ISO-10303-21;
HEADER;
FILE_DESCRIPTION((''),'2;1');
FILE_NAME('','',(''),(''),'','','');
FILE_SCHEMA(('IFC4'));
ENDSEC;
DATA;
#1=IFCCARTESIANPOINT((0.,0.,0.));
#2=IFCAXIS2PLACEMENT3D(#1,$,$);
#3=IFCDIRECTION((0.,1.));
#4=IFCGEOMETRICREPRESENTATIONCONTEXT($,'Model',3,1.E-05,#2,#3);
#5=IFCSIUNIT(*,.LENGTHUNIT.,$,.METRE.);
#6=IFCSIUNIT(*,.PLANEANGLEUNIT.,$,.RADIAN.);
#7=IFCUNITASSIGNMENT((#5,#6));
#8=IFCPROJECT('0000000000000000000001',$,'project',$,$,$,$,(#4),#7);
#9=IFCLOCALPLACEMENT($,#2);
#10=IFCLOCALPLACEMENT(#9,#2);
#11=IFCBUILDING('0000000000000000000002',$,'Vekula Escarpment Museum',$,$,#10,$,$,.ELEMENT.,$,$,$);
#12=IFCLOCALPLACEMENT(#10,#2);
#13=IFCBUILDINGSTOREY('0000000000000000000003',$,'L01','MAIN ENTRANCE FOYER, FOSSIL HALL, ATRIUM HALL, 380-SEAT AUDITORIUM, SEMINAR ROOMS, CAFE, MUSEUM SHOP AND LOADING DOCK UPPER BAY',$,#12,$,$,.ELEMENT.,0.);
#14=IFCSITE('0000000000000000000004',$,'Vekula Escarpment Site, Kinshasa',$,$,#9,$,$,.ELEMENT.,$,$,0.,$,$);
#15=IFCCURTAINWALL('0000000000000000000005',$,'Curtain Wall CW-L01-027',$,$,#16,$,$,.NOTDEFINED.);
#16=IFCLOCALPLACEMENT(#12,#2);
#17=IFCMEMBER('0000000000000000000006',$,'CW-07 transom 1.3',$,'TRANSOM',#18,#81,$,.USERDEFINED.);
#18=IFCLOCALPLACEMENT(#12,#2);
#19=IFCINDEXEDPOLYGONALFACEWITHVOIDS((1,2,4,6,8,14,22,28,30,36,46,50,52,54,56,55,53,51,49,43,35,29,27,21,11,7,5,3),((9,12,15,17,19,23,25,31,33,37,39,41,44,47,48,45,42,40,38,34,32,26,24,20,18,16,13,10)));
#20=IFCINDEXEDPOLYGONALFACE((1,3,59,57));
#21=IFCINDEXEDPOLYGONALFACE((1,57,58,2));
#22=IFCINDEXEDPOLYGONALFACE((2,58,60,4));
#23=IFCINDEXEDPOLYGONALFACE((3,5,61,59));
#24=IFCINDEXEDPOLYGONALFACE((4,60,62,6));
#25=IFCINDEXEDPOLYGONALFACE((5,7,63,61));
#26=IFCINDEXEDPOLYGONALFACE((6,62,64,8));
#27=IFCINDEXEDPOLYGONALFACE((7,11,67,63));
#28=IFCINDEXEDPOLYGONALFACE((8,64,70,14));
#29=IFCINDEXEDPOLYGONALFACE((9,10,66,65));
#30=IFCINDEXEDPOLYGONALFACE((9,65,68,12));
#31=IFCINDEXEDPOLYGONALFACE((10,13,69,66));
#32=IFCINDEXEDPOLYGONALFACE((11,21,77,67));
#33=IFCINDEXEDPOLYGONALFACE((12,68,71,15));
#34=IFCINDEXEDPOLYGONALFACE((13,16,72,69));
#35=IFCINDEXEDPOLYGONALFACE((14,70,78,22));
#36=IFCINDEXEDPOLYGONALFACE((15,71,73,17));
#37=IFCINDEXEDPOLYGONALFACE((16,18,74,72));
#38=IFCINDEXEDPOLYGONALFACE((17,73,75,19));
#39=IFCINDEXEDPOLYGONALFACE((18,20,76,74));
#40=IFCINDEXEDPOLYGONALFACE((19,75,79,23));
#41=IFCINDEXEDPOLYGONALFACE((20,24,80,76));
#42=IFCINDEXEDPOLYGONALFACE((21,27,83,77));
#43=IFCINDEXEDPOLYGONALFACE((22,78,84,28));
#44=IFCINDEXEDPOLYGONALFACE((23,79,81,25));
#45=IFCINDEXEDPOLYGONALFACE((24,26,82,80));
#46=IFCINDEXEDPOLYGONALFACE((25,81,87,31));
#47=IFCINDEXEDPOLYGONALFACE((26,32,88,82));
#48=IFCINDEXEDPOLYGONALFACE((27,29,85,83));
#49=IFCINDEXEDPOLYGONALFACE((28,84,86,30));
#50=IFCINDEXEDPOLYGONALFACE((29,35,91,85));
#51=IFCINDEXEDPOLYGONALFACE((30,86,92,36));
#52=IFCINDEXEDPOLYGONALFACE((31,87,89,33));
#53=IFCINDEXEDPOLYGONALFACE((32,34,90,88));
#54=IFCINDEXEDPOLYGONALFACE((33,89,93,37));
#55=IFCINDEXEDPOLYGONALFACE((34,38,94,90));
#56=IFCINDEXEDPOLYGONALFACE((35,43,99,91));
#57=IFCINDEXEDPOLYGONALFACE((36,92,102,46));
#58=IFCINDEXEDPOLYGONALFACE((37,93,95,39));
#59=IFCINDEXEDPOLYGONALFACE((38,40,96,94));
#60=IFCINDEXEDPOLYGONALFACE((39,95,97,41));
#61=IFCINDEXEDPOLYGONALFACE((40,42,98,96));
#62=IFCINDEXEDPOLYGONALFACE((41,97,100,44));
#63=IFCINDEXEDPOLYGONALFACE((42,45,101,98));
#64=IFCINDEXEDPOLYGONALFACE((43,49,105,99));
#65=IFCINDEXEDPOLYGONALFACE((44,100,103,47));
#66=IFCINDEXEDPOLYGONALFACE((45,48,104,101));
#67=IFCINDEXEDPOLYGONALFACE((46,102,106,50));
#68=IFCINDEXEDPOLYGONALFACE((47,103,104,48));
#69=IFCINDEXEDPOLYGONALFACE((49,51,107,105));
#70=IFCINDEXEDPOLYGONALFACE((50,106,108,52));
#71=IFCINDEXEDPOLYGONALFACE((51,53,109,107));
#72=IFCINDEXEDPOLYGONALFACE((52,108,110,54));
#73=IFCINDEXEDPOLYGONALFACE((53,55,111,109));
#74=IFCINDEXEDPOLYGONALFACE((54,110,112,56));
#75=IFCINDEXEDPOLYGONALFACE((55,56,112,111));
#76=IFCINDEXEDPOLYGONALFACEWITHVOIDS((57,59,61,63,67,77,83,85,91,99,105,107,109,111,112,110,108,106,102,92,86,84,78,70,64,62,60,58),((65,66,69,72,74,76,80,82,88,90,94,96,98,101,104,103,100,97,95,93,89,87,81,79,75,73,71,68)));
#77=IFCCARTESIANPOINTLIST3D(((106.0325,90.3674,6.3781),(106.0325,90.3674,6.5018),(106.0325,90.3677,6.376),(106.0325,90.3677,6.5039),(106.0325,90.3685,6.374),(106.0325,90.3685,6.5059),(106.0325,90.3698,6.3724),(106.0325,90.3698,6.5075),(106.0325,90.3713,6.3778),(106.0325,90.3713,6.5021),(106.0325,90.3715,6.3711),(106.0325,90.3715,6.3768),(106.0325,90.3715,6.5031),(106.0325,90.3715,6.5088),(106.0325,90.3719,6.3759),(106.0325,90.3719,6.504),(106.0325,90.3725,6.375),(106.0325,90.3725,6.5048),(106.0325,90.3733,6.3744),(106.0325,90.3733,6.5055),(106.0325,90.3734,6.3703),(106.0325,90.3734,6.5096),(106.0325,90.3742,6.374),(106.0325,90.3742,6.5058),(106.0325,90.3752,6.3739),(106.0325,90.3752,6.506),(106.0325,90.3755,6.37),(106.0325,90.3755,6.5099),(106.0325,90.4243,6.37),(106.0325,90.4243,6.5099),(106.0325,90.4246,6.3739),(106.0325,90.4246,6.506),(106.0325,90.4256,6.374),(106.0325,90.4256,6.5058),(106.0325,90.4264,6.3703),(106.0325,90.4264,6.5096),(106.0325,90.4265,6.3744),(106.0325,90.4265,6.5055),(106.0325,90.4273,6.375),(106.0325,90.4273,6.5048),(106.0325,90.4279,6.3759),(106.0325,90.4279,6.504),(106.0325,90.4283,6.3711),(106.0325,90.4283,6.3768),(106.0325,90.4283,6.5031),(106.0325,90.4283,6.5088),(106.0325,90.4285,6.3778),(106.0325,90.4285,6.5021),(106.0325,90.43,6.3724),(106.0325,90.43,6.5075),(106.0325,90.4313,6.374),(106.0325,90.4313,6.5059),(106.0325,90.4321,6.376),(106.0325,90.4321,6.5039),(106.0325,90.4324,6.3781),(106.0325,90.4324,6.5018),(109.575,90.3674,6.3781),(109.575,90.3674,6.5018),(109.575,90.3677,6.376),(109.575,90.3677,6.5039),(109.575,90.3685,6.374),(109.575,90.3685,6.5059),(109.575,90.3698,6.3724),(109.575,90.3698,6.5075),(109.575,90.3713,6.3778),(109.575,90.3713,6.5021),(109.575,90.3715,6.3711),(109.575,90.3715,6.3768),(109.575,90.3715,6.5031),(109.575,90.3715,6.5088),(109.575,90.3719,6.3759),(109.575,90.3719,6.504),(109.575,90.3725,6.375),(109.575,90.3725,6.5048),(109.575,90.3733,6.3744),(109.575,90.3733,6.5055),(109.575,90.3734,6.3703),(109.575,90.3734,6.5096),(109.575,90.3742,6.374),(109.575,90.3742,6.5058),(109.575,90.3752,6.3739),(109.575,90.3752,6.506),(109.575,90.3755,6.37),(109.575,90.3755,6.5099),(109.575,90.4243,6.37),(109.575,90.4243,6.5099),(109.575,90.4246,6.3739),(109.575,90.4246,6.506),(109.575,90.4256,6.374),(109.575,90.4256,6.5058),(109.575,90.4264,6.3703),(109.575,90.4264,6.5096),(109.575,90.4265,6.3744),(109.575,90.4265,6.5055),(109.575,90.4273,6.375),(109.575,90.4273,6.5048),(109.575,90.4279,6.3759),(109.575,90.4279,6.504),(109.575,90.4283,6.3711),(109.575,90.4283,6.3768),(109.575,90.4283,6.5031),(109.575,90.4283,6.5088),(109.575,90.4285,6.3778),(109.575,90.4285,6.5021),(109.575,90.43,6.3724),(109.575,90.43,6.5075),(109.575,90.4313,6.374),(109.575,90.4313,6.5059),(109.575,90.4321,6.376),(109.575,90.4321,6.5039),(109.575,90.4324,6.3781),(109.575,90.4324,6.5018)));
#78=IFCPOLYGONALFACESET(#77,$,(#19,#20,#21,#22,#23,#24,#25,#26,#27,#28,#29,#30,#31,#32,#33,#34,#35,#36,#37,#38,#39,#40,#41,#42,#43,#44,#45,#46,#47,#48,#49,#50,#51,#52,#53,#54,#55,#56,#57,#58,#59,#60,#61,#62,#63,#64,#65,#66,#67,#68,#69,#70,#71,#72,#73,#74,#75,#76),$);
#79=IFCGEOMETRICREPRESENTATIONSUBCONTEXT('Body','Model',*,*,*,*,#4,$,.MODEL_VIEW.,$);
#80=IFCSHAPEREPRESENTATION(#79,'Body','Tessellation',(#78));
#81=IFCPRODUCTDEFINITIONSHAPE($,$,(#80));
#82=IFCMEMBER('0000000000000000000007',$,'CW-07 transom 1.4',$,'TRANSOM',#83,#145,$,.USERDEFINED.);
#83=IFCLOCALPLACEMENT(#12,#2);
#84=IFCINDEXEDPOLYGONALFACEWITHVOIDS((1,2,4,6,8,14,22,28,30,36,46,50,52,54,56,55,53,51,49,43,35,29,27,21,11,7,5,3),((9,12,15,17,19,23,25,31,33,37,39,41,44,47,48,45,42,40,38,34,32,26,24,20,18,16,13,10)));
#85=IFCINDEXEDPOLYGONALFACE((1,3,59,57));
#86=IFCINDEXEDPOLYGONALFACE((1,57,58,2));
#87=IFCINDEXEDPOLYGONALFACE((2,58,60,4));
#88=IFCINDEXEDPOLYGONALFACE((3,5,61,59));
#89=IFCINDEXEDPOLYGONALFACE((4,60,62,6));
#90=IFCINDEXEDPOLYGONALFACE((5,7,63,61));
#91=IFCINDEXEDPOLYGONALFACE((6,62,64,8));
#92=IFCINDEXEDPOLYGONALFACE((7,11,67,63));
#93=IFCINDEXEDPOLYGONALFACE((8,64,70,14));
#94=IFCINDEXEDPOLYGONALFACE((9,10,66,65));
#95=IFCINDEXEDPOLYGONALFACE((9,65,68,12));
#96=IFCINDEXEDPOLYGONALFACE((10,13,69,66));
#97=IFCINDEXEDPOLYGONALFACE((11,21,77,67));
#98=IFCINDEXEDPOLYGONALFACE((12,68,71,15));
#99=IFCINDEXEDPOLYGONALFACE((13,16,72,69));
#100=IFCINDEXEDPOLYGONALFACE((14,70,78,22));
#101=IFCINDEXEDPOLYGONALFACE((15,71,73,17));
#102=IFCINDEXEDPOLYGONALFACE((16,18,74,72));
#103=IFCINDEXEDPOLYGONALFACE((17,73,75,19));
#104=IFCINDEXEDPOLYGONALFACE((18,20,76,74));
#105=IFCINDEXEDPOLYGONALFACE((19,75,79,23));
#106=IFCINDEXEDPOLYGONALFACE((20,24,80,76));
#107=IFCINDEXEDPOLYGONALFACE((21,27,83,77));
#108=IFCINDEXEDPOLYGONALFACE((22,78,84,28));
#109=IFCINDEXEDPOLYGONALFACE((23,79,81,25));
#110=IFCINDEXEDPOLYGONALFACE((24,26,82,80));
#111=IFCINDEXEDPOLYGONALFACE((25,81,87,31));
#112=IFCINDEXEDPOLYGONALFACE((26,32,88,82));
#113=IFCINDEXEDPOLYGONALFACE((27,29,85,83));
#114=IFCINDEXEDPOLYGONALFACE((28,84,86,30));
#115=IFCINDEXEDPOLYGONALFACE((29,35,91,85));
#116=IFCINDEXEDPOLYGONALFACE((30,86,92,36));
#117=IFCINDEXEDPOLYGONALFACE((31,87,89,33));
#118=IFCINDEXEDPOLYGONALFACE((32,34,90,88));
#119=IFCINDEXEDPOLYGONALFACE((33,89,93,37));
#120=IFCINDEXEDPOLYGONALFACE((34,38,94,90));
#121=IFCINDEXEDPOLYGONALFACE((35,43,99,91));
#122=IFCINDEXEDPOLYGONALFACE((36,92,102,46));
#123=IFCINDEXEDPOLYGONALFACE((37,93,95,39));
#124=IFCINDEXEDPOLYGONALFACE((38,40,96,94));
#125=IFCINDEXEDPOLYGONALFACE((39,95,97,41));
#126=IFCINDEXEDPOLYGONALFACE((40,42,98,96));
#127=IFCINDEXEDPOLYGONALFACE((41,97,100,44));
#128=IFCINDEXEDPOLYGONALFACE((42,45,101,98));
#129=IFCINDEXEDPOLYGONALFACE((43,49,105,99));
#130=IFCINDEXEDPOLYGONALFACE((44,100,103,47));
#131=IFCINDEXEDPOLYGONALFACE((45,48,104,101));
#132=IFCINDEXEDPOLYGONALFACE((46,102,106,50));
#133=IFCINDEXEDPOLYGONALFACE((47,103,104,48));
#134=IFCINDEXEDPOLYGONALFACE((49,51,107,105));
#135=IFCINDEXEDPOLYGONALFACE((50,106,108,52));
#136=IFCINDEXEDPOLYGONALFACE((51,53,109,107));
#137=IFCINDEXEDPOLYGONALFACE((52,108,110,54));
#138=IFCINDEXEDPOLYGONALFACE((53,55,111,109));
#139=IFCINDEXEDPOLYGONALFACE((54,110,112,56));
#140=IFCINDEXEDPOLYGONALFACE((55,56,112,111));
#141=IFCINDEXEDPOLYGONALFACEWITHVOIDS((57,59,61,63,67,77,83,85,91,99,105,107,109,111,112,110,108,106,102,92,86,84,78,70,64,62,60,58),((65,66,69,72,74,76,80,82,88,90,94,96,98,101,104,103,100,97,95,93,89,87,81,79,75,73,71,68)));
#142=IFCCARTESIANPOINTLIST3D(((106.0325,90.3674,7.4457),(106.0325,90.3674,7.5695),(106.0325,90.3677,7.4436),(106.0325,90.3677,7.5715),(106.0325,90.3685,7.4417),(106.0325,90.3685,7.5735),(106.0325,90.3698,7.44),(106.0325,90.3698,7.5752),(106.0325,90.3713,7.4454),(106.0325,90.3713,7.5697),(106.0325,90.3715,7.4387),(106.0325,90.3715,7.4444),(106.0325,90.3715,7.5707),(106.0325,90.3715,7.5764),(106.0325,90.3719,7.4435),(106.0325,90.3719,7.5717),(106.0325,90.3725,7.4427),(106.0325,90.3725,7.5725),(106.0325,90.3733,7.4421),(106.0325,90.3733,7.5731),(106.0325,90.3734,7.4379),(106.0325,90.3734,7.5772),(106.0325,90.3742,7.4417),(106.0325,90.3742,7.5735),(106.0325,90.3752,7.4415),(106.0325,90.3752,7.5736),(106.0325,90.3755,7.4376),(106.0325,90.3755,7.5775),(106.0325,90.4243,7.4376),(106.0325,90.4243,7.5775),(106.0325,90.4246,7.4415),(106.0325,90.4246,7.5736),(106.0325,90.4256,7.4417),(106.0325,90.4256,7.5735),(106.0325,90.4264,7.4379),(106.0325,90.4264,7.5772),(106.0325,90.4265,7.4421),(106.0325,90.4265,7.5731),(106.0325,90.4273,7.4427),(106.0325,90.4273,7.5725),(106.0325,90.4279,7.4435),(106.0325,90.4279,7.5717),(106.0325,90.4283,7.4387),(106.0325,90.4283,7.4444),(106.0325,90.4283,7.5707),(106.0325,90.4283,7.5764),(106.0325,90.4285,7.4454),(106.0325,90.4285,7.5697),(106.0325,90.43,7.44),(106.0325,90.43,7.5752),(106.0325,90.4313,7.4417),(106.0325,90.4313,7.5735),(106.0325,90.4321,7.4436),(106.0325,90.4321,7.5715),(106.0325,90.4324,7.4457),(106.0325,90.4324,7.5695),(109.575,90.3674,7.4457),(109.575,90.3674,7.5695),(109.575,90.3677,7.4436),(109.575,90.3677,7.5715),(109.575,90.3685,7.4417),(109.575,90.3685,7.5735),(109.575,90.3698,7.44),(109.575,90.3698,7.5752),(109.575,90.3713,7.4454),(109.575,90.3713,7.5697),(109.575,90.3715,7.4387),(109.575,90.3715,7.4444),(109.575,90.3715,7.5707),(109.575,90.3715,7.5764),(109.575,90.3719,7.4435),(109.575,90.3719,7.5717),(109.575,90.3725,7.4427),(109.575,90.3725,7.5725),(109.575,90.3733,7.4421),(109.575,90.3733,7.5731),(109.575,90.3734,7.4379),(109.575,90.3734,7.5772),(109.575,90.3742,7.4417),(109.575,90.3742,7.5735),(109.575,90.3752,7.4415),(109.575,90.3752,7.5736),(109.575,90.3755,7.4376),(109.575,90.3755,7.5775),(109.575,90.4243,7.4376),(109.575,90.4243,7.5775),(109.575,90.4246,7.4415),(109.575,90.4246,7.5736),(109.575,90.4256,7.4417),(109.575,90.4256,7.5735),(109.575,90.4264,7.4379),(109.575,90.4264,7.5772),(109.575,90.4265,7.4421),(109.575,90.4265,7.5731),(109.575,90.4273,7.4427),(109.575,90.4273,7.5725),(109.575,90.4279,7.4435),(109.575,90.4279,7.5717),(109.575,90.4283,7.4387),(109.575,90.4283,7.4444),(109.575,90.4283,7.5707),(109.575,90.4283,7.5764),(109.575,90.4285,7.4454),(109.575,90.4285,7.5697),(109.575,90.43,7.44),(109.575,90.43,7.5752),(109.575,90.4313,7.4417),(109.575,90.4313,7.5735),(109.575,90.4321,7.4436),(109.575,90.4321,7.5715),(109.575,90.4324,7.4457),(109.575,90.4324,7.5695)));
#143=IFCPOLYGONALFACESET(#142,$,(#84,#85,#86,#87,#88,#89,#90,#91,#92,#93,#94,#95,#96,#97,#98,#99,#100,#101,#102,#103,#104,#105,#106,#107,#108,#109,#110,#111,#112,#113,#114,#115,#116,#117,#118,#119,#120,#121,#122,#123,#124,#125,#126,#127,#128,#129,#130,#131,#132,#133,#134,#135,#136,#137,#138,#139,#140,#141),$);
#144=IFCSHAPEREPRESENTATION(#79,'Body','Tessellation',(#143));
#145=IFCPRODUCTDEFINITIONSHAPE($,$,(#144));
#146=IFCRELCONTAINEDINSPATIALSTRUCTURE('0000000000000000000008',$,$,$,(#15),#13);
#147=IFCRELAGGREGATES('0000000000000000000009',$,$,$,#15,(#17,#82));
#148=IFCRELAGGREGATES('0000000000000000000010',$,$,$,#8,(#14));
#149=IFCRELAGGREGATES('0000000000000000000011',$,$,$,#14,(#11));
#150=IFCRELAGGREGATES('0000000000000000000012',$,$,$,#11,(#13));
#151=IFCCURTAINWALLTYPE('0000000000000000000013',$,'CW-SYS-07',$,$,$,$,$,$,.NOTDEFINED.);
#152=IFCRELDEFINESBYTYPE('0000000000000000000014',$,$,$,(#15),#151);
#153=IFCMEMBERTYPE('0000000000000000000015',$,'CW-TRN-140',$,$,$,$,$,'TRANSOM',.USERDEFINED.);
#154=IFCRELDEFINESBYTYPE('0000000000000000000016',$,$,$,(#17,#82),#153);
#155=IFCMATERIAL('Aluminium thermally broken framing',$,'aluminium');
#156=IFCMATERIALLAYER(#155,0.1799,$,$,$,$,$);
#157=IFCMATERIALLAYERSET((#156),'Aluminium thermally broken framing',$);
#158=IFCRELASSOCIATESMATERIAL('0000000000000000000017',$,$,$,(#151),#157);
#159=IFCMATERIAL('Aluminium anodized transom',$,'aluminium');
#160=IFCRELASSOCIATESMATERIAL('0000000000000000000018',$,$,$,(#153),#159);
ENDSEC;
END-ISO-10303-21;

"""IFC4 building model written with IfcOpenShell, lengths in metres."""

from ifc_helpers import new_model, si_unit, direction, frame, origin, origin_2d, place, context, subcontext, project, spatial, hollow_rectangle, extrude, material, layer, layer_set, material_profile, profile_set, type_object, element, aggregate, save


model = new_model("IFC4")

# Units and contexts
model_context = context("Model", 3, precision=1e-05, world=origin(), true_north=direction((0.0, 1.0)))
body_context = subcontext(model_context, "Body", "Model", "MODEL_VIEW")
ifc_project = project(units=[si_unit("LENGTHUNIT", "METRE"), si_unit("PLANEANGLEUNIT", "RADIAN")], contexts=[model_context])

# Site, building, storey
site_placement = place(None, origin())
site = spatial("IfcSite", under=ifc_project, at=site_placement, Name="Vekula Escarpment Site, Kinshasa", CompositionType="ELEMENT", RefElevation=0.0)
building_placement = place(site_placement, origin())
building = spatial("IfcBuilding", under=site, at=building_placement, Name="Vekula Escarpment Museum", CompositionType="ELEMENT")
storey_placement = place(building_placement, origin())
storey = spatial("IfcBuildingStorey", under=building, at=storey_placement, Name="L01", Description="MAIN ENTRANCE FOYER, FOSSIL HALL, ATRIUM HALL, 380-SEAT AUDITORIUM, SEMINAR ROOMS, CAFE, MUSEUM SHOP AND LOADING DOCK UPPER BAY", CompositionType="ELEMENT", Elevation=0.0)

# Curtain wall
ifc_material_1 = material(Name="Aluminium thermally broken framing", Category="aluminium")
ifc_layer_1 = layer(ifc_material_1, 0.1799)
ifc_layer_set_1 = layer_set([ifc_layer_1], Name="Aluminium thermally broken framing")
curtain_wall_type_1 = type_object("IfcCurtainWallType", Name="CW-SYS-07", PredefinedType="NOTDEFINED", material=ifc_layer_set_1)
curtain_wall_1_placement = place(storey_placement, origin())
curtain_wall_1 = element("IfcCurtainWall", 1, at=curtain_wall_1_placement, inside=storey, type_object=curtain_wall_type_1, Name="Curtain Wall CW-L01-027", PredefinedType="NOTDEFINED")

# Members
ifc_material_2 = material(Name="Aluminium anodized transom", Category="aluminium")
ifc_material_profile_1 = material_profile(ifc_material_2, hollow_rectangle(XDim=0.0649, YDim=0.1399, WallThickness=0.0039, InnerFilletRadius=0.0039, OuterFilletRadius=0.0081, at=origin_2d()), Name="ALU 140x65x4")
ifc_profile_set_1 = profile_set([ifc_material_profile_1], Name="Aluminium anodized transom")
member_type_1 = type_object("IfcMemberType", Name="CW-TRN-140", ElementType="TRANSOM", PredefinedType="USERDEFINED", material=ifc_profile_set_1)
member_1_placement = place(storey_placement, frame((109.575, 90.3999, 6.4399), z_axis=(-1.0, 0.0, 0.0), x_axis=(0.0, -1.0, 0.0)))
member_1 = element("IfcMember", 2, at=member_1_placement, type_object=member_type_1, Name="CW-07 transom 1.3", ObjectType="TRANSOM", PredefinedType="USERDEFINED", context=body_context, shape_type="SweptSolid", body=[
    extrude(hollow_rectangle(XDim=0.0649, YDim=0.1399, WallThickness=0.0039, InnerFilletRadius=0.0039, OuterFilletRadius=0.0081, at=origin_2d()), origin(), (0.0, 0.0, 1.0), 3.5425),
])
member_2_placement = place(storey_placement, frame((109.575, 90.3999, 7.5076), z_axis=(-1.0, 0.0, 0.0), x_axis=(0.0, -1.0, 0.0)))
member_2 = element("IfcMember", 3, at=member_2_placement, type_object=member_type_1, Name="CW-07 transom 1.4", ObjectType="TRANSOM", PredefinedType="USERDEFINED", context=body_context, shape_type="SweptSolid", body=[
    extrude(hollow_rectangle(XDim=0.0649, YDim=0.1399, WallThickness=0.0039, InnerFilletRadius=0.0039, OuterFilletRadius=0.0081, at=origin_2d()), origin(), (0.0, 0.0, 1.0), 3.5425),
])

aggregate(curtain_wall_1, [member_1, member_2])

save(model, "model.ifc")
